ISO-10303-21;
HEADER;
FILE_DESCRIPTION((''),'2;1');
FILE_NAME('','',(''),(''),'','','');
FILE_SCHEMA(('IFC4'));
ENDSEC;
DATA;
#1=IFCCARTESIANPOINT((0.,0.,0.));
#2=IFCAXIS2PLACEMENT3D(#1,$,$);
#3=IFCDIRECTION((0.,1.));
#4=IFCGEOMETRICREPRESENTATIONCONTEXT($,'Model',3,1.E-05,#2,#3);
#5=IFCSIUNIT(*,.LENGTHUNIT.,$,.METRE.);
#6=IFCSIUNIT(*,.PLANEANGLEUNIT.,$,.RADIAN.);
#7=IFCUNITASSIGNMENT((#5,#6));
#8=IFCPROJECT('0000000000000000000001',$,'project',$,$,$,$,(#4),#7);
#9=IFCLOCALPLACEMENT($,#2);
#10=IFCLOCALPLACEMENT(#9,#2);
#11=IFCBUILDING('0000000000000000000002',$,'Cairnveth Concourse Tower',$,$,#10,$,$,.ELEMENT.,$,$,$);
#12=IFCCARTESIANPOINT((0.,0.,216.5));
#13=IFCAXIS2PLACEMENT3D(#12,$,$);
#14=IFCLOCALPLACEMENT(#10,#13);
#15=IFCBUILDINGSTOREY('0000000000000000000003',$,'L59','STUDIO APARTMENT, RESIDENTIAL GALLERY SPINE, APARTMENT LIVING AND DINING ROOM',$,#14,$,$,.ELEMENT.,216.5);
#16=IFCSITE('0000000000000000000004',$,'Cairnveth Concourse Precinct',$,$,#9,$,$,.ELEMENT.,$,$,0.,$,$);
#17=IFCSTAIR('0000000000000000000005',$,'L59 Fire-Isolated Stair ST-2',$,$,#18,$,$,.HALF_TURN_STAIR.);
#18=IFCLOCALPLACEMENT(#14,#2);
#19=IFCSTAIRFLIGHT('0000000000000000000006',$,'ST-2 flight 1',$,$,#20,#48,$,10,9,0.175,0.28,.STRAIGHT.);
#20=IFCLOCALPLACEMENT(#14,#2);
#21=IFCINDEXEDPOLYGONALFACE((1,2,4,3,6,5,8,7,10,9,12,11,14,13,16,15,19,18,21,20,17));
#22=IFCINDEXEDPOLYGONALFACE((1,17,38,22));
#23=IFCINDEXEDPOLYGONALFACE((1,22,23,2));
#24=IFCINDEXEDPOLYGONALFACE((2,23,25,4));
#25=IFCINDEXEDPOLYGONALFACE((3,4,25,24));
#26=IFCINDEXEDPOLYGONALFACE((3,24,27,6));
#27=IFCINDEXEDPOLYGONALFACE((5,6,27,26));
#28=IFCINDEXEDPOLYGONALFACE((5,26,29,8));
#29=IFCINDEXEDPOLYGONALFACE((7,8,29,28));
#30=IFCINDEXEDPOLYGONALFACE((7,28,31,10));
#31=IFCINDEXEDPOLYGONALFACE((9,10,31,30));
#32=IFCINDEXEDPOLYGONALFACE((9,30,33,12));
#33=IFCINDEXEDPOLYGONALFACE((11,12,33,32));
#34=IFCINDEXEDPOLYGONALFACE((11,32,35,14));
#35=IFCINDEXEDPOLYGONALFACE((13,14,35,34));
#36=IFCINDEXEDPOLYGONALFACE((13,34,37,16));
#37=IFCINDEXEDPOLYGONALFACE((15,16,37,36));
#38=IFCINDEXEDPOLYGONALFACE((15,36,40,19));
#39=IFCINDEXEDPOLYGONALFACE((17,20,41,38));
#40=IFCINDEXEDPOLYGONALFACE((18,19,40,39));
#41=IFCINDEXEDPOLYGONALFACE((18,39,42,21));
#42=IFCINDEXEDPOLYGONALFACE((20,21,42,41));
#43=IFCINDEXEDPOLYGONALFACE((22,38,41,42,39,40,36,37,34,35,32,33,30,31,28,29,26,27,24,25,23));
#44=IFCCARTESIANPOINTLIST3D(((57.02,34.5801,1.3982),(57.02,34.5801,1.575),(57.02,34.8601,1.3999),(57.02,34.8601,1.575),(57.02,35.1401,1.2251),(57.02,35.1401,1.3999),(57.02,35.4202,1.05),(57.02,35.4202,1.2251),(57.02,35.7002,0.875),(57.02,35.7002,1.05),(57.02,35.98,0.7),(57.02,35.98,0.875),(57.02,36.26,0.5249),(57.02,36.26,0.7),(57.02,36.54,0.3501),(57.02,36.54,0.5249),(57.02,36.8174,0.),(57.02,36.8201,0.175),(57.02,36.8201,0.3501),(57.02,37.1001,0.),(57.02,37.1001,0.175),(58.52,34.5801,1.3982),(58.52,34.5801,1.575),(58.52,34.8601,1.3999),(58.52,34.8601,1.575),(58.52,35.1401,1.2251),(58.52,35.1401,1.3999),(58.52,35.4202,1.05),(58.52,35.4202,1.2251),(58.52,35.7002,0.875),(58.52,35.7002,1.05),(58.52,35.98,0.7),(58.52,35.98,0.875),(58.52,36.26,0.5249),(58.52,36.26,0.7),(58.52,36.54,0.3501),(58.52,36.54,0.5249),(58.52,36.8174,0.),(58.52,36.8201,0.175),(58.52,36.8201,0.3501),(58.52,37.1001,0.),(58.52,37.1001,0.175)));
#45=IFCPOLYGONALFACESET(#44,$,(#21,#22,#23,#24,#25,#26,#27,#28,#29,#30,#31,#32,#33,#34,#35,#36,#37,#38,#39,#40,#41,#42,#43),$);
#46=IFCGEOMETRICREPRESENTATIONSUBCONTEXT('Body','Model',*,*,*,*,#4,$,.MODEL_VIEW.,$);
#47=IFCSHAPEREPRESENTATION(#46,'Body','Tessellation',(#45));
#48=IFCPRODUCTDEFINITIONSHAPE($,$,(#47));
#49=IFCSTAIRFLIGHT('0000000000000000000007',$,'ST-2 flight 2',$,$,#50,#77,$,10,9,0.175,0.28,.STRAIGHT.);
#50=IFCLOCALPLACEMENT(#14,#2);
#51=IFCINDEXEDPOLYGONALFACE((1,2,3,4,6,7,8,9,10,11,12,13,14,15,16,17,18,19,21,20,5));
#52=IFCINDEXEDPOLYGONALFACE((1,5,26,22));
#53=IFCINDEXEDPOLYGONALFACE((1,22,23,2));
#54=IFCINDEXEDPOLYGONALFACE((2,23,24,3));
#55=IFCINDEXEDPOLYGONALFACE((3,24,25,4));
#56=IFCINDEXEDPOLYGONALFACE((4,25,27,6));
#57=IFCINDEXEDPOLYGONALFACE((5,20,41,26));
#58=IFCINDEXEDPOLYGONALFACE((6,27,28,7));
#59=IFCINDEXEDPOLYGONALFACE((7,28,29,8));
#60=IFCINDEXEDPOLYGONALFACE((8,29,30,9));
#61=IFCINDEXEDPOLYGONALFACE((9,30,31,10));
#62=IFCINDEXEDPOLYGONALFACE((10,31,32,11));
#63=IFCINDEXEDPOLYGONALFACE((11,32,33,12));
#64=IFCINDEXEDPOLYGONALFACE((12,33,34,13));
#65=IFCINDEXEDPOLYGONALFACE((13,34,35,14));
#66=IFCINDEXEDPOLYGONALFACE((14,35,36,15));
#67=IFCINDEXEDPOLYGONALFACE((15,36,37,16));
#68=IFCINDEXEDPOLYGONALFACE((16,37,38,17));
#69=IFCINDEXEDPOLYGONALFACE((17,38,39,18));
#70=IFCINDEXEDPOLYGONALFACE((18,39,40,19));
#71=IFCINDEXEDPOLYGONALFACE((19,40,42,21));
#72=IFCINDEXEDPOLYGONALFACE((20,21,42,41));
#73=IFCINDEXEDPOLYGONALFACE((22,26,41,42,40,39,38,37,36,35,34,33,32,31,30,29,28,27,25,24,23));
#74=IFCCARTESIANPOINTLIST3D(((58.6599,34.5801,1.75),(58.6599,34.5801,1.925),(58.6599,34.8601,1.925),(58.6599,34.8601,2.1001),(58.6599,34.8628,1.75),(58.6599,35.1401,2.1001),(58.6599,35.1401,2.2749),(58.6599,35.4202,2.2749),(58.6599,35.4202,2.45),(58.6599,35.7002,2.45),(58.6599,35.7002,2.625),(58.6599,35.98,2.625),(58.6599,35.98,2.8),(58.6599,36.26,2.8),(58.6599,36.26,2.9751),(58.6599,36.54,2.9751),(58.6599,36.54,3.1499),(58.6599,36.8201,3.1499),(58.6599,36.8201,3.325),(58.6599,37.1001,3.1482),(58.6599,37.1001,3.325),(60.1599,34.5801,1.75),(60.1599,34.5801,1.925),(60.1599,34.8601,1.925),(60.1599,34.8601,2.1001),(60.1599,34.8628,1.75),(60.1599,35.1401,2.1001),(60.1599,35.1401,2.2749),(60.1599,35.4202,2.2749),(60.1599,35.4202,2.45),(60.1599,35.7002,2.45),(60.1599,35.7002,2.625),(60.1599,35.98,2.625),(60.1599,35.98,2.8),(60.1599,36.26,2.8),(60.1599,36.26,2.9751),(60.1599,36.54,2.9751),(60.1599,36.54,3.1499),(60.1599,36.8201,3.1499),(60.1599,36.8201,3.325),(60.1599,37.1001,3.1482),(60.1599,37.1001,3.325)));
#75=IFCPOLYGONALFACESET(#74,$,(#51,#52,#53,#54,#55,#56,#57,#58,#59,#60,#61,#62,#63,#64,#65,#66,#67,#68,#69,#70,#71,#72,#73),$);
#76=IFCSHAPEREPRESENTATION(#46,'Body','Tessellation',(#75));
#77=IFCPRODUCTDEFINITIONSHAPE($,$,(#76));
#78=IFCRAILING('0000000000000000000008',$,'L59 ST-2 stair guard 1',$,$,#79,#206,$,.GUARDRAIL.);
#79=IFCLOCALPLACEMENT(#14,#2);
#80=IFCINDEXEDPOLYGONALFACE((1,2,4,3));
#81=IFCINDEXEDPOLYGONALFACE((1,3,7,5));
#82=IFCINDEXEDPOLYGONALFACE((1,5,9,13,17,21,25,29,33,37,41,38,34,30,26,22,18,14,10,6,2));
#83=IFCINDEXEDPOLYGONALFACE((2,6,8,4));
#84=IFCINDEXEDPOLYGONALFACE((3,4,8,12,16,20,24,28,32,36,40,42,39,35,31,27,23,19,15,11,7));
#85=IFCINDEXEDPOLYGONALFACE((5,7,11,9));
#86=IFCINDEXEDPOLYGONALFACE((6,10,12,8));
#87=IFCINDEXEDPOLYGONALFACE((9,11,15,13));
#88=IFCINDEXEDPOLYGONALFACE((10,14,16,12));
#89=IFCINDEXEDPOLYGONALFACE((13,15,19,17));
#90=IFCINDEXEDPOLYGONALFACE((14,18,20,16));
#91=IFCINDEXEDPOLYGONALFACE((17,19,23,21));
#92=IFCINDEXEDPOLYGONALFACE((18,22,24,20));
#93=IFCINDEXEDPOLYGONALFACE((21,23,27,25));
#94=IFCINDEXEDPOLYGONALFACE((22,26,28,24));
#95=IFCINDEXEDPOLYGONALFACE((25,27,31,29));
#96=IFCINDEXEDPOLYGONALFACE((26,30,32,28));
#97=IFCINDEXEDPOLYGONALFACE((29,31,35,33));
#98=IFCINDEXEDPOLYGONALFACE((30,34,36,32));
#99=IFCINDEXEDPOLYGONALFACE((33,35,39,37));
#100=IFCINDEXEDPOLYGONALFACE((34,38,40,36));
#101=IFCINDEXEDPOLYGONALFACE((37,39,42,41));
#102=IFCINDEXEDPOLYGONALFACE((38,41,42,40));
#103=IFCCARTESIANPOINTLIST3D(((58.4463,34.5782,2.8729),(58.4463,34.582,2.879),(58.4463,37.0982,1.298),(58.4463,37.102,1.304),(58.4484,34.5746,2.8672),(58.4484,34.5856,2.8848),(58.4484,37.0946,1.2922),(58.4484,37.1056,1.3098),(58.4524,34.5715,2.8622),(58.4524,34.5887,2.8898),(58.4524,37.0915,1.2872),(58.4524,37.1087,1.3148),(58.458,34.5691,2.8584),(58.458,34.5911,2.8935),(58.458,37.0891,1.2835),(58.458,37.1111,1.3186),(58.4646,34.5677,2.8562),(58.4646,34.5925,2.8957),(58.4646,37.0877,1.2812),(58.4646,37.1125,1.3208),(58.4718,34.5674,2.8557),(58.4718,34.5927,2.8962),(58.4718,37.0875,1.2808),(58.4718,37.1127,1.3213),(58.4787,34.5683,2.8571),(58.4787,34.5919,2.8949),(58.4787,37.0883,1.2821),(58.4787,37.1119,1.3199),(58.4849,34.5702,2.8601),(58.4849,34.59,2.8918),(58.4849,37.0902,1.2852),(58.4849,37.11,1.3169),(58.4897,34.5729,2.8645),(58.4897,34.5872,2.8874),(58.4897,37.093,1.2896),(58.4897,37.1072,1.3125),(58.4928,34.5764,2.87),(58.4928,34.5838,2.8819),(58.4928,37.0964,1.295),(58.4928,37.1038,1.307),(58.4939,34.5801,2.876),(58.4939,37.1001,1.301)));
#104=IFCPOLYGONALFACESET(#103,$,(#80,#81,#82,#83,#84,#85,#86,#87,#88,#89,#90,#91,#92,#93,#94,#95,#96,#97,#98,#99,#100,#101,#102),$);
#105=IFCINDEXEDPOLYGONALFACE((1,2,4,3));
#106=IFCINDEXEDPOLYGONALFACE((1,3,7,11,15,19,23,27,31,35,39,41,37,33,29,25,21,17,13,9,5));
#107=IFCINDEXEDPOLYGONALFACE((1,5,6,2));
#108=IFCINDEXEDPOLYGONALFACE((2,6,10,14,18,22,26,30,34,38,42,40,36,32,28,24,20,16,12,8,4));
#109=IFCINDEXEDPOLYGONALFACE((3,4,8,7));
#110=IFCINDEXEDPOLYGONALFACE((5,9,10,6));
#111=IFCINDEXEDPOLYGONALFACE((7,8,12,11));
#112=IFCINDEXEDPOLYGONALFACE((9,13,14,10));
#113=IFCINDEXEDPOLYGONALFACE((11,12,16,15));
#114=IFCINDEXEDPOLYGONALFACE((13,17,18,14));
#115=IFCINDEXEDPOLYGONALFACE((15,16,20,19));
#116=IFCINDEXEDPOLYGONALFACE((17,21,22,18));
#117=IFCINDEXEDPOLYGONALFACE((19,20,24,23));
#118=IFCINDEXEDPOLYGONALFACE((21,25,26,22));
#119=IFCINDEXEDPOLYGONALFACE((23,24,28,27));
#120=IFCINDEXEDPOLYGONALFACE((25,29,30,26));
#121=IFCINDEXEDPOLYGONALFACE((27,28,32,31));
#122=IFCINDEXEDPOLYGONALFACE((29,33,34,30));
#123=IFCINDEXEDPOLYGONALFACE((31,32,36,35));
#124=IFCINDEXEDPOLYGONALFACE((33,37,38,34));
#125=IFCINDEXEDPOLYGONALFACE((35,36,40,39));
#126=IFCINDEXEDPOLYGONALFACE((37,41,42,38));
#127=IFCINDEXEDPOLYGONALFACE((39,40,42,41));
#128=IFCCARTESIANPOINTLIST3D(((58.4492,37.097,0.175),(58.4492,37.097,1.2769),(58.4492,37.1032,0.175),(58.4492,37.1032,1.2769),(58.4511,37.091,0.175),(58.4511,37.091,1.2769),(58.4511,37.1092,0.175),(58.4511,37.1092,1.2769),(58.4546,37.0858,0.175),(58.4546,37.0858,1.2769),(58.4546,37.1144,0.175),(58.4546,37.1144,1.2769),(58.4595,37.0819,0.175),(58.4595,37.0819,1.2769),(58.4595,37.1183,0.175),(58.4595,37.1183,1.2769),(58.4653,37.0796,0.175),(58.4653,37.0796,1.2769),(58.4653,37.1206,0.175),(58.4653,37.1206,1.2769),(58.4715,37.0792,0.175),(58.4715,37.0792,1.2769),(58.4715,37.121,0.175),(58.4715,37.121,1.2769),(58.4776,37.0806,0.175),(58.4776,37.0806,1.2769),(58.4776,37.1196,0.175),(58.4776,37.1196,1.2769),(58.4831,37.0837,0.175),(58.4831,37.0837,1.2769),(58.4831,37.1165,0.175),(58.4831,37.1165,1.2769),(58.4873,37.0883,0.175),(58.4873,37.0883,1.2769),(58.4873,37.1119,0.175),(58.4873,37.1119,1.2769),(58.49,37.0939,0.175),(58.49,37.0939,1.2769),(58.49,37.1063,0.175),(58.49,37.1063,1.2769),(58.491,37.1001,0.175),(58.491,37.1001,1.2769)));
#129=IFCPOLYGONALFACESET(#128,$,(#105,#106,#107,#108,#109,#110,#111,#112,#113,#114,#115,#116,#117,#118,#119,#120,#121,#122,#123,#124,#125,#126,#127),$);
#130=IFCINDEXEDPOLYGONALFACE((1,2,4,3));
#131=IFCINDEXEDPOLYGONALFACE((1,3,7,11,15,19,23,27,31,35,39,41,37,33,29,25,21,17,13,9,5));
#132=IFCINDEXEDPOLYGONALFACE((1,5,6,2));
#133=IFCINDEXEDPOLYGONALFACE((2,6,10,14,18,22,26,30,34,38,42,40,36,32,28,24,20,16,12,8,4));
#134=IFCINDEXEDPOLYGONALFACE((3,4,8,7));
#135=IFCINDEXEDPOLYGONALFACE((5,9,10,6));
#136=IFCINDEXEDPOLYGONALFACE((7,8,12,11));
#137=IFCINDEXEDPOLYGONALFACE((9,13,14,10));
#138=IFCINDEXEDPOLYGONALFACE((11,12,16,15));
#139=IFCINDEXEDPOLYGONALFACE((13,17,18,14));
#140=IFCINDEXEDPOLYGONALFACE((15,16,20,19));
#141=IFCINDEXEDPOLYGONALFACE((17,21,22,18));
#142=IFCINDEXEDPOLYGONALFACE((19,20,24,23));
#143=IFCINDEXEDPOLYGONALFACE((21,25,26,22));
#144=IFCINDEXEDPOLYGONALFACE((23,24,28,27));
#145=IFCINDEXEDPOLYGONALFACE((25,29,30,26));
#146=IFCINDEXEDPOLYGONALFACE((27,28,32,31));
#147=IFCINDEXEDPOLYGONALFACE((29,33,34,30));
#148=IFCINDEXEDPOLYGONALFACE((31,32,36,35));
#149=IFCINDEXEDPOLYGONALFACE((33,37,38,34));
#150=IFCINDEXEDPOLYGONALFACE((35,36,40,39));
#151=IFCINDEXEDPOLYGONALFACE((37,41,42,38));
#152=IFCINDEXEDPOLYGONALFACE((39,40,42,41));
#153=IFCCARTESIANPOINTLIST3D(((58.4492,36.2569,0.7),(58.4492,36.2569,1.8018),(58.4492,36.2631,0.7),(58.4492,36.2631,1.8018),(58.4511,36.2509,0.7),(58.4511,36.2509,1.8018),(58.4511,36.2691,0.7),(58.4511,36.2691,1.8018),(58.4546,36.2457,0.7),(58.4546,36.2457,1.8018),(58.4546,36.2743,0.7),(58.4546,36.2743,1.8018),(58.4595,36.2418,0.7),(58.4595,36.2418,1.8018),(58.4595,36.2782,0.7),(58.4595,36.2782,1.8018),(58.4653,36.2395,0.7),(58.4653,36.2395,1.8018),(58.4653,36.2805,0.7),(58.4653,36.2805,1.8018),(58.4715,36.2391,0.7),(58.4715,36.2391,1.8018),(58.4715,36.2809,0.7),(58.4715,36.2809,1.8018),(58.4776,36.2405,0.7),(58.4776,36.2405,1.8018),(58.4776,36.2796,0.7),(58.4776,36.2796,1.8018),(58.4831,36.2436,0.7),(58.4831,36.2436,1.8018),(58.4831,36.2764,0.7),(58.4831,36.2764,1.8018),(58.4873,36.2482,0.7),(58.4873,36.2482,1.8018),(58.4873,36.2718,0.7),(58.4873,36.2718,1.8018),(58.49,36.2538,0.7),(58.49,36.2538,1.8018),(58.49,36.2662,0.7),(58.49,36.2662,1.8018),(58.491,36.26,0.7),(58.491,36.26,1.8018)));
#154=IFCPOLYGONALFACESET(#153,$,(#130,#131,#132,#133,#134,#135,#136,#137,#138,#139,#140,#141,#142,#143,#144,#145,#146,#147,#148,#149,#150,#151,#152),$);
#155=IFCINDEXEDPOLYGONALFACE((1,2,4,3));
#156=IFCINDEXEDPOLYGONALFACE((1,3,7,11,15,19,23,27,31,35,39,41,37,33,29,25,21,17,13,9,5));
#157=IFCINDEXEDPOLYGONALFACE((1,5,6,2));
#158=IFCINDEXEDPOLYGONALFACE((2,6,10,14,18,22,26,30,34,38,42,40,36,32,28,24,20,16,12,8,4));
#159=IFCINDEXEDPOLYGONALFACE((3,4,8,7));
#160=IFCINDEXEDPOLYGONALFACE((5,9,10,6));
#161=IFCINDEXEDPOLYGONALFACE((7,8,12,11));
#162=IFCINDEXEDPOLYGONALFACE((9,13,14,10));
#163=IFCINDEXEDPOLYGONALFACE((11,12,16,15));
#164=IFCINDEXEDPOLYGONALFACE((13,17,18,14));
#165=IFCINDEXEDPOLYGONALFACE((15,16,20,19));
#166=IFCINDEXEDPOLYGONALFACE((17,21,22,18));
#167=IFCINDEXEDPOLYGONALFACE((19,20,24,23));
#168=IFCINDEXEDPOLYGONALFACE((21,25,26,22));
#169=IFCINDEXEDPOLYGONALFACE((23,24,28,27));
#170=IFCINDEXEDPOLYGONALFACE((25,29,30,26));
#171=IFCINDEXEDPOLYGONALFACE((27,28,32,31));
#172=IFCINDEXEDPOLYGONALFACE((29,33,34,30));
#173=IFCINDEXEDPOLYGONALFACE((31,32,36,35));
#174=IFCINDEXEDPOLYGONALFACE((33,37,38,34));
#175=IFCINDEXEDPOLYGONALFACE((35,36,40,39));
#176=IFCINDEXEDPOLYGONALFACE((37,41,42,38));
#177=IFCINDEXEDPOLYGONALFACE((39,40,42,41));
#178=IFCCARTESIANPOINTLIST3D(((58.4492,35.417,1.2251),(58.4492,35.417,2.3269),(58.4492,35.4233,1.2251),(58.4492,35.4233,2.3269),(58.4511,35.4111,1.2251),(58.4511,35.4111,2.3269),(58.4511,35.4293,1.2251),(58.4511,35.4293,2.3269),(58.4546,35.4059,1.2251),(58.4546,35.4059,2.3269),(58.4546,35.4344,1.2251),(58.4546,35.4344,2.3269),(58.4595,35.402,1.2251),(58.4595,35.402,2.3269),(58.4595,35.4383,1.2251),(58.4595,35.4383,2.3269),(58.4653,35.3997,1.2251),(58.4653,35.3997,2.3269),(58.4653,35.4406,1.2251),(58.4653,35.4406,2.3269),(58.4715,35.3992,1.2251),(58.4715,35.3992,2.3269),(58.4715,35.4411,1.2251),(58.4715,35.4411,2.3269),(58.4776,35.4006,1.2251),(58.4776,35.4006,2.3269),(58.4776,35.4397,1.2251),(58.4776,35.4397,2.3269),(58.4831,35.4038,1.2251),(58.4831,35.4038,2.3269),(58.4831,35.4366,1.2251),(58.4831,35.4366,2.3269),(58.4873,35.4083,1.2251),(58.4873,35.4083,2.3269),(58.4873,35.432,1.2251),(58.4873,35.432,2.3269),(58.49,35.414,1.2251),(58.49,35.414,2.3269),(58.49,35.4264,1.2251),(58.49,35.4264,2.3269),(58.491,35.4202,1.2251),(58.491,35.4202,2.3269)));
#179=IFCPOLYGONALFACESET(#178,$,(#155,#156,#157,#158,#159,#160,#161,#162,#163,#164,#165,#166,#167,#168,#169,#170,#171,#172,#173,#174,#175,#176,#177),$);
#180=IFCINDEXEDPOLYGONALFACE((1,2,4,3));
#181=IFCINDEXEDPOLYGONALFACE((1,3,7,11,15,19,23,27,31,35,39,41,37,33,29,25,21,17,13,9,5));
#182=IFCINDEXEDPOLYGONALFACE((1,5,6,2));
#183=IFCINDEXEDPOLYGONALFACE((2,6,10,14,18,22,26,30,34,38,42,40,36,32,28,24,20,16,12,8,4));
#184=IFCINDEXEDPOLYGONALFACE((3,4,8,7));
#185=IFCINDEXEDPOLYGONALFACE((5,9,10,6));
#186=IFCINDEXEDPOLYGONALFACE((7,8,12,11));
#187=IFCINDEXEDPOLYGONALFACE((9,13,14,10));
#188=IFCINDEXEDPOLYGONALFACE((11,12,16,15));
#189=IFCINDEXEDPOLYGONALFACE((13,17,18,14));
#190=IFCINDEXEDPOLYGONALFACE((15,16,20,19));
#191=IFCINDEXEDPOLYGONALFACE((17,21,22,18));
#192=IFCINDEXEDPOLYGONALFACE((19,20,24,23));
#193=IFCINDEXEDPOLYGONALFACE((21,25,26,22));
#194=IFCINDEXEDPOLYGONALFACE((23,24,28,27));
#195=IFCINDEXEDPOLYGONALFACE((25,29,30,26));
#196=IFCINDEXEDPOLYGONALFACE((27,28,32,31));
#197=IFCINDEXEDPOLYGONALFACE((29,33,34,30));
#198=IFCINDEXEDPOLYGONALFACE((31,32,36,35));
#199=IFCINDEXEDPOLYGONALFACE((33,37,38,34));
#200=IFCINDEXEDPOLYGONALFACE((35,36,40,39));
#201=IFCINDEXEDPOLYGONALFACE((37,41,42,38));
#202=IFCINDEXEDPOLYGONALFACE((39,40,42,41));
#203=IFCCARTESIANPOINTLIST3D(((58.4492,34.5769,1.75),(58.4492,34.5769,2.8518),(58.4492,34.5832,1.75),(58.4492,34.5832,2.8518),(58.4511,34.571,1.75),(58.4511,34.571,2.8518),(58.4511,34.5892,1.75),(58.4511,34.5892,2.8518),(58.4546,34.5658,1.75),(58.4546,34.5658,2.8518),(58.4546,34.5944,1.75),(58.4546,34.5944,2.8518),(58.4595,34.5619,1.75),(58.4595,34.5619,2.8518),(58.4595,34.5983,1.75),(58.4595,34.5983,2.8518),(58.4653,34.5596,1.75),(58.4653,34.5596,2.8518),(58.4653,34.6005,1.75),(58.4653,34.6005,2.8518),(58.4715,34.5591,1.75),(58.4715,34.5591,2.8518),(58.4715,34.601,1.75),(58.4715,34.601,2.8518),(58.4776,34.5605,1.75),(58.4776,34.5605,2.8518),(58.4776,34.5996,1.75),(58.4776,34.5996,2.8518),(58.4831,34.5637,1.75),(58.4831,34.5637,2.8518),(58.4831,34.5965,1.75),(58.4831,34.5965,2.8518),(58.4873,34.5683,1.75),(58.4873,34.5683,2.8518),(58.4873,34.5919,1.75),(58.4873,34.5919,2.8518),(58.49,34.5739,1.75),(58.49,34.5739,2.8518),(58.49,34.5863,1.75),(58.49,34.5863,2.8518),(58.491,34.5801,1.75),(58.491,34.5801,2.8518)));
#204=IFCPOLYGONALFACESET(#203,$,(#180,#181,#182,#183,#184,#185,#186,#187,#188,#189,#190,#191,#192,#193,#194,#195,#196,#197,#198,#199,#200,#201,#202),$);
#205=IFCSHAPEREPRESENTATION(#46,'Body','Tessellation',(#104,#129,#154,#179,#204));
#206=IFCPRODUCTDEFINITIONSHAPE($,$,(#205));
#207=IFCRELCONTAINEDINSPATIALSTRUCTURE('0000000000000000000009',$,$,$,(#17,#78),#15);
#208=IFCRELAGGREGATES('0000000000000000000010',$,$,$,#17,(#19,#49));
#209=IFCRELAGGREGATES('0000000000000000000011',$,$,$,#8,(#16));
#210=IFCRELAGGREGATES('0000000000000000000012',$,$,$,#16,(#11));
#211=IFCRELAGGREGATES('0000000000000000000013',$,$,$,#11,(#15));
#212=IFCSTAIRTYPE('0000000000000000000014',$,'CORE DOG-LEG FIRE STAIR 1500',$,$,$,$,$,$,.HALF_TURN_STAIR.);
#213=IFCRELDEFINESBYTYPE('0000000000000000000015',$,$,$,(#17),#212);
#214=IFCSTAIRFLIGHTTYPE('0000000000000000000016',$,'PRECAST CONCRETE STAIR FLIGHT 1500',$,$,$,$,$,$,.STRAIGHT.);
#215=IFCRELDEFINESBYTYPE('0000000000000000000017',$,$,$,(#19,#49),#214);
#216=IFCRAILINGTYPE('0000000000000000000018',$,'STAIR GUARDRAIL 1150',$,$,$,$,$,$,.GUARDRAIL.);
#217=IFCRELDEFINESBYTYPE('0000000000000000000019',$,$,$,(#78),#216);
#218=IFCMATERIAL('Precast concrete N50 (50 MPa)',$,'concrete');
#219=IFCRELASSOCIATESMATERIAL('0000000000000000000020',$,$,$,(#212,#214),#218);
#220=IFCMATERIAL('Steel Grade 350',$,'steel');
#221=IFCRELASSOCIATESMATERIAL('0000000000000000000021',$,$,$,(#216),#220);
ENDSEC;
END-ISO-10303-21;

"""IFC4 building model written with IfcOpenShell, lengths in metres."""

from ifc_helpers import new_model, si_unit, direction, frame, origin, origin_2d, place, context, subcontext, project, spatial, polyline, circle, outline, extrude, material, type_object, element, aggregate, save


model = new_model("IFC4")

# Units and contexts
model_context = context("Model", 3, precision=1e-05, world=origin(), true_north=direction((0.0, 1.0)))
body_context = subcontext(model_context, "Body", "Model", "MODEL_VIEW")
ifc_project = project(units=[si_unit("LENGTHUNIT", "METRE"), si_unit("PLANEANGLEUNIT", "RADIAN")], contexts=[model_context])

# Site, building, storey
site_placement = place(None, origin())
site = spatial("IfcSite", under=ifc_project, at=site_placement, Name="Cairnveth Concourse Precinct", CompositionType="ELEMENT", RefElevation=0.0)
building_placement = place(site_placement, origin())
building = spatial("IfcBuilding", under=site, at=building_placement, Name="Cairnveth Concourse Tower", CompositionType="ELEMENT")
storey_placement = place(building_placement, frame((0.0, 0.0, 216.5)))
storey = spatial("IfcBuildingStorey", under=building, at=storey_placement, Name="L59", Description="STUDIO APARTMENT, RESIDENTIAL GALLERY SPINE, APARTMENT LIVING AND DINING ROOM", CompositionType="ELEMENT", Elevation=216.5)

# Shared definitions
ifc_material_1 = material(Name="Steel Grade 350", Category="steel")

# Stair, stair flights
ifc_material_2 = material(Name="Precast concrete N50 (50 MPa)", Category="concrete")
stair_type = type_object("IfcStairType", Name="CORE DOG-LEG FIRE STAIR 1500", PredefinedType="HALF_TURN_STAIR", material=ifc_material_2)
stair_placement = place(storey_placement, origin())
stair = element("IfcStair", 1, at=stair_placement, inside=storey, type_object=stair_type, Name="L59 Fire-Isolated Stair ST-2", PredefinedType="HALF_TURN_STAIR")
stair_flight_type = type_object("IfcStairFlightType", Name="PRECAST CONCRETE STAIR FLIGHT 1500", PredefinedType="STRAIGHT", material=ifc_material_2)
stair_flight_1_placement = place(storey_placement, frame((57.77, 37.1001, 0.0), z_axis=(0.0, 0.0, 1.0), x_axis=(0.0, -1.0, 0.0)))
stair_flight_1 = element("IfcStairFlight", 2, at=stair_flight_1_placement, type_object=stair_flight_type, Name="ST-2 flight 1", NumberOfRisers=10, NumberOfTreads=9, PredefinedType="STRAIGHT", RiserHeight=0.175, TreadLength=0.28, context=body_context, shape_type="SweptSolid", body=[
    extrude(outline(polyline([(0.0, 0.0), (0.0, 0.175), (0.28, 0.175), (0.28, 0.3501), (0.5601, 0.3501), (0.5601, 0.5249), (0.8401, 0.5249), (0.8401, 0.7), (1.1201, 0.7), (1.1201, 0.875), (1.3999, 0.875), (1.3999, 1.05), (1.6799, 1.05), (1.6799, 1.2251), (1.96, 1.2251), (1.96, 1.3999), (2.24, 1.3999), (2.24, 1.575), (2.52, 1.575), (2.52, 1.75), (2.52, 1.3982), (0.2827, 0.0), (0.0, 0.0)])), frame((0.0, 0.75, 0.0), z_axis=(0.0, -1.0, 0.0), x_axis=(1.0, 0.0, 0.0)), (0.0, 0.0, 1.0), 1.5),
])
stair_flight_2_placement = place(storey_placement, frame((59.4099, 34.5801, 1.75), z_axis=(0.0, 0.0, 1.0), x_axis=(0.0, 1.0, 0.0)))
stair_flight_2 = element("IfcStairFlight", 3, at=stair_flight_2_placement, type_object=stair_flight_type, Name="ST-2 flight 2", NumberOfRisers=10, NumberOfTreads=9, PredefinedType="STRAIGHT", RiserHeight=0.175, TreadLength=0.28, context=body_context, shape_type="SweptSolid", body=[
    extrude(outline(polyline([(0.0, 0.0), (0.0, 0.175), (0.28, 0.175), (0.28, 0.3501), (0.5601, 0.3501), (0.5601, 0.5249), (0.8401, 0.5249), (0.8401, 0.7), (1.1201, 0.7), (1.1201, 0.875), (1.3999, 0.875), (1.3999, 1.05), (1.6799, 1.05), (1.6799, 1.2251), (1.96, 1.2251), (1.96, 1.3999), (2.24, 1.3999), (2.24, 1.575), (2.52, 1.575), (2.52, 1.75), (2.52, 1.3982), (0.2827, 0.0), (0.0, 0.0)])), frame((0.0, 0.75, 0.0), z_axis=(0.0, -1.0, 0.0), x_axis=(1.0, 0.0, 0.0)), (0.0, 0.0, 1.0), 1.5),
])
aggregate(stair, [stair_flight_1, stair_flight_2])

# Railing
railing_type_1 = type_object("IfcRailingType", Name="STAIR GUARDRAIL 1150", PredefinedType="GUARDRAIL", material=ifc_material_1)
railing_1_placement = place(storey_placement, frame((58.47, 37.1001, 0.175)))
element("IfcRailing", 4, at=railing_1_placement, inside=storey, type_object=railing_type_1, Name="L59 ST-2 stair guard 1", PredefinedType="GUARDRAIL", context=body_context, shape_type="SweptSolid", body=[
    extrude(circle(Radius=0.0239, at=origin_2d()), frame((0.0, 0.0, 1.126), z_axis=(0.0, -0.848008, 0.529984), x_axis=(1.0, 0.0, 0.0)), (0.0, 0.0, 1.0), 2.9717),
    extrude(circle(Radius=0.021, at=origin_2d()), origin(), (0.0, 0.0, 1.0), 1.1018),
    extrude(circle(Radius=0.021, at=origin_2d()), frame((0.0, -0.8401, 0.5249)), (0.0, 0.0, 1.0), 1.1018),
    extrude(circle(Radius=0.021, at=origin_2d()), frame((0.0, -1.6799, 1.05)), (0.0, 0.0, 1.0), 1.1018),
    extrude(circle(Radius=0.021, at=origin_2d()), frame((0.0, -2.52, 1.575)), (0.0, 0.0, 1.0), 1.1018),
])

save(model, "model.ifc")
